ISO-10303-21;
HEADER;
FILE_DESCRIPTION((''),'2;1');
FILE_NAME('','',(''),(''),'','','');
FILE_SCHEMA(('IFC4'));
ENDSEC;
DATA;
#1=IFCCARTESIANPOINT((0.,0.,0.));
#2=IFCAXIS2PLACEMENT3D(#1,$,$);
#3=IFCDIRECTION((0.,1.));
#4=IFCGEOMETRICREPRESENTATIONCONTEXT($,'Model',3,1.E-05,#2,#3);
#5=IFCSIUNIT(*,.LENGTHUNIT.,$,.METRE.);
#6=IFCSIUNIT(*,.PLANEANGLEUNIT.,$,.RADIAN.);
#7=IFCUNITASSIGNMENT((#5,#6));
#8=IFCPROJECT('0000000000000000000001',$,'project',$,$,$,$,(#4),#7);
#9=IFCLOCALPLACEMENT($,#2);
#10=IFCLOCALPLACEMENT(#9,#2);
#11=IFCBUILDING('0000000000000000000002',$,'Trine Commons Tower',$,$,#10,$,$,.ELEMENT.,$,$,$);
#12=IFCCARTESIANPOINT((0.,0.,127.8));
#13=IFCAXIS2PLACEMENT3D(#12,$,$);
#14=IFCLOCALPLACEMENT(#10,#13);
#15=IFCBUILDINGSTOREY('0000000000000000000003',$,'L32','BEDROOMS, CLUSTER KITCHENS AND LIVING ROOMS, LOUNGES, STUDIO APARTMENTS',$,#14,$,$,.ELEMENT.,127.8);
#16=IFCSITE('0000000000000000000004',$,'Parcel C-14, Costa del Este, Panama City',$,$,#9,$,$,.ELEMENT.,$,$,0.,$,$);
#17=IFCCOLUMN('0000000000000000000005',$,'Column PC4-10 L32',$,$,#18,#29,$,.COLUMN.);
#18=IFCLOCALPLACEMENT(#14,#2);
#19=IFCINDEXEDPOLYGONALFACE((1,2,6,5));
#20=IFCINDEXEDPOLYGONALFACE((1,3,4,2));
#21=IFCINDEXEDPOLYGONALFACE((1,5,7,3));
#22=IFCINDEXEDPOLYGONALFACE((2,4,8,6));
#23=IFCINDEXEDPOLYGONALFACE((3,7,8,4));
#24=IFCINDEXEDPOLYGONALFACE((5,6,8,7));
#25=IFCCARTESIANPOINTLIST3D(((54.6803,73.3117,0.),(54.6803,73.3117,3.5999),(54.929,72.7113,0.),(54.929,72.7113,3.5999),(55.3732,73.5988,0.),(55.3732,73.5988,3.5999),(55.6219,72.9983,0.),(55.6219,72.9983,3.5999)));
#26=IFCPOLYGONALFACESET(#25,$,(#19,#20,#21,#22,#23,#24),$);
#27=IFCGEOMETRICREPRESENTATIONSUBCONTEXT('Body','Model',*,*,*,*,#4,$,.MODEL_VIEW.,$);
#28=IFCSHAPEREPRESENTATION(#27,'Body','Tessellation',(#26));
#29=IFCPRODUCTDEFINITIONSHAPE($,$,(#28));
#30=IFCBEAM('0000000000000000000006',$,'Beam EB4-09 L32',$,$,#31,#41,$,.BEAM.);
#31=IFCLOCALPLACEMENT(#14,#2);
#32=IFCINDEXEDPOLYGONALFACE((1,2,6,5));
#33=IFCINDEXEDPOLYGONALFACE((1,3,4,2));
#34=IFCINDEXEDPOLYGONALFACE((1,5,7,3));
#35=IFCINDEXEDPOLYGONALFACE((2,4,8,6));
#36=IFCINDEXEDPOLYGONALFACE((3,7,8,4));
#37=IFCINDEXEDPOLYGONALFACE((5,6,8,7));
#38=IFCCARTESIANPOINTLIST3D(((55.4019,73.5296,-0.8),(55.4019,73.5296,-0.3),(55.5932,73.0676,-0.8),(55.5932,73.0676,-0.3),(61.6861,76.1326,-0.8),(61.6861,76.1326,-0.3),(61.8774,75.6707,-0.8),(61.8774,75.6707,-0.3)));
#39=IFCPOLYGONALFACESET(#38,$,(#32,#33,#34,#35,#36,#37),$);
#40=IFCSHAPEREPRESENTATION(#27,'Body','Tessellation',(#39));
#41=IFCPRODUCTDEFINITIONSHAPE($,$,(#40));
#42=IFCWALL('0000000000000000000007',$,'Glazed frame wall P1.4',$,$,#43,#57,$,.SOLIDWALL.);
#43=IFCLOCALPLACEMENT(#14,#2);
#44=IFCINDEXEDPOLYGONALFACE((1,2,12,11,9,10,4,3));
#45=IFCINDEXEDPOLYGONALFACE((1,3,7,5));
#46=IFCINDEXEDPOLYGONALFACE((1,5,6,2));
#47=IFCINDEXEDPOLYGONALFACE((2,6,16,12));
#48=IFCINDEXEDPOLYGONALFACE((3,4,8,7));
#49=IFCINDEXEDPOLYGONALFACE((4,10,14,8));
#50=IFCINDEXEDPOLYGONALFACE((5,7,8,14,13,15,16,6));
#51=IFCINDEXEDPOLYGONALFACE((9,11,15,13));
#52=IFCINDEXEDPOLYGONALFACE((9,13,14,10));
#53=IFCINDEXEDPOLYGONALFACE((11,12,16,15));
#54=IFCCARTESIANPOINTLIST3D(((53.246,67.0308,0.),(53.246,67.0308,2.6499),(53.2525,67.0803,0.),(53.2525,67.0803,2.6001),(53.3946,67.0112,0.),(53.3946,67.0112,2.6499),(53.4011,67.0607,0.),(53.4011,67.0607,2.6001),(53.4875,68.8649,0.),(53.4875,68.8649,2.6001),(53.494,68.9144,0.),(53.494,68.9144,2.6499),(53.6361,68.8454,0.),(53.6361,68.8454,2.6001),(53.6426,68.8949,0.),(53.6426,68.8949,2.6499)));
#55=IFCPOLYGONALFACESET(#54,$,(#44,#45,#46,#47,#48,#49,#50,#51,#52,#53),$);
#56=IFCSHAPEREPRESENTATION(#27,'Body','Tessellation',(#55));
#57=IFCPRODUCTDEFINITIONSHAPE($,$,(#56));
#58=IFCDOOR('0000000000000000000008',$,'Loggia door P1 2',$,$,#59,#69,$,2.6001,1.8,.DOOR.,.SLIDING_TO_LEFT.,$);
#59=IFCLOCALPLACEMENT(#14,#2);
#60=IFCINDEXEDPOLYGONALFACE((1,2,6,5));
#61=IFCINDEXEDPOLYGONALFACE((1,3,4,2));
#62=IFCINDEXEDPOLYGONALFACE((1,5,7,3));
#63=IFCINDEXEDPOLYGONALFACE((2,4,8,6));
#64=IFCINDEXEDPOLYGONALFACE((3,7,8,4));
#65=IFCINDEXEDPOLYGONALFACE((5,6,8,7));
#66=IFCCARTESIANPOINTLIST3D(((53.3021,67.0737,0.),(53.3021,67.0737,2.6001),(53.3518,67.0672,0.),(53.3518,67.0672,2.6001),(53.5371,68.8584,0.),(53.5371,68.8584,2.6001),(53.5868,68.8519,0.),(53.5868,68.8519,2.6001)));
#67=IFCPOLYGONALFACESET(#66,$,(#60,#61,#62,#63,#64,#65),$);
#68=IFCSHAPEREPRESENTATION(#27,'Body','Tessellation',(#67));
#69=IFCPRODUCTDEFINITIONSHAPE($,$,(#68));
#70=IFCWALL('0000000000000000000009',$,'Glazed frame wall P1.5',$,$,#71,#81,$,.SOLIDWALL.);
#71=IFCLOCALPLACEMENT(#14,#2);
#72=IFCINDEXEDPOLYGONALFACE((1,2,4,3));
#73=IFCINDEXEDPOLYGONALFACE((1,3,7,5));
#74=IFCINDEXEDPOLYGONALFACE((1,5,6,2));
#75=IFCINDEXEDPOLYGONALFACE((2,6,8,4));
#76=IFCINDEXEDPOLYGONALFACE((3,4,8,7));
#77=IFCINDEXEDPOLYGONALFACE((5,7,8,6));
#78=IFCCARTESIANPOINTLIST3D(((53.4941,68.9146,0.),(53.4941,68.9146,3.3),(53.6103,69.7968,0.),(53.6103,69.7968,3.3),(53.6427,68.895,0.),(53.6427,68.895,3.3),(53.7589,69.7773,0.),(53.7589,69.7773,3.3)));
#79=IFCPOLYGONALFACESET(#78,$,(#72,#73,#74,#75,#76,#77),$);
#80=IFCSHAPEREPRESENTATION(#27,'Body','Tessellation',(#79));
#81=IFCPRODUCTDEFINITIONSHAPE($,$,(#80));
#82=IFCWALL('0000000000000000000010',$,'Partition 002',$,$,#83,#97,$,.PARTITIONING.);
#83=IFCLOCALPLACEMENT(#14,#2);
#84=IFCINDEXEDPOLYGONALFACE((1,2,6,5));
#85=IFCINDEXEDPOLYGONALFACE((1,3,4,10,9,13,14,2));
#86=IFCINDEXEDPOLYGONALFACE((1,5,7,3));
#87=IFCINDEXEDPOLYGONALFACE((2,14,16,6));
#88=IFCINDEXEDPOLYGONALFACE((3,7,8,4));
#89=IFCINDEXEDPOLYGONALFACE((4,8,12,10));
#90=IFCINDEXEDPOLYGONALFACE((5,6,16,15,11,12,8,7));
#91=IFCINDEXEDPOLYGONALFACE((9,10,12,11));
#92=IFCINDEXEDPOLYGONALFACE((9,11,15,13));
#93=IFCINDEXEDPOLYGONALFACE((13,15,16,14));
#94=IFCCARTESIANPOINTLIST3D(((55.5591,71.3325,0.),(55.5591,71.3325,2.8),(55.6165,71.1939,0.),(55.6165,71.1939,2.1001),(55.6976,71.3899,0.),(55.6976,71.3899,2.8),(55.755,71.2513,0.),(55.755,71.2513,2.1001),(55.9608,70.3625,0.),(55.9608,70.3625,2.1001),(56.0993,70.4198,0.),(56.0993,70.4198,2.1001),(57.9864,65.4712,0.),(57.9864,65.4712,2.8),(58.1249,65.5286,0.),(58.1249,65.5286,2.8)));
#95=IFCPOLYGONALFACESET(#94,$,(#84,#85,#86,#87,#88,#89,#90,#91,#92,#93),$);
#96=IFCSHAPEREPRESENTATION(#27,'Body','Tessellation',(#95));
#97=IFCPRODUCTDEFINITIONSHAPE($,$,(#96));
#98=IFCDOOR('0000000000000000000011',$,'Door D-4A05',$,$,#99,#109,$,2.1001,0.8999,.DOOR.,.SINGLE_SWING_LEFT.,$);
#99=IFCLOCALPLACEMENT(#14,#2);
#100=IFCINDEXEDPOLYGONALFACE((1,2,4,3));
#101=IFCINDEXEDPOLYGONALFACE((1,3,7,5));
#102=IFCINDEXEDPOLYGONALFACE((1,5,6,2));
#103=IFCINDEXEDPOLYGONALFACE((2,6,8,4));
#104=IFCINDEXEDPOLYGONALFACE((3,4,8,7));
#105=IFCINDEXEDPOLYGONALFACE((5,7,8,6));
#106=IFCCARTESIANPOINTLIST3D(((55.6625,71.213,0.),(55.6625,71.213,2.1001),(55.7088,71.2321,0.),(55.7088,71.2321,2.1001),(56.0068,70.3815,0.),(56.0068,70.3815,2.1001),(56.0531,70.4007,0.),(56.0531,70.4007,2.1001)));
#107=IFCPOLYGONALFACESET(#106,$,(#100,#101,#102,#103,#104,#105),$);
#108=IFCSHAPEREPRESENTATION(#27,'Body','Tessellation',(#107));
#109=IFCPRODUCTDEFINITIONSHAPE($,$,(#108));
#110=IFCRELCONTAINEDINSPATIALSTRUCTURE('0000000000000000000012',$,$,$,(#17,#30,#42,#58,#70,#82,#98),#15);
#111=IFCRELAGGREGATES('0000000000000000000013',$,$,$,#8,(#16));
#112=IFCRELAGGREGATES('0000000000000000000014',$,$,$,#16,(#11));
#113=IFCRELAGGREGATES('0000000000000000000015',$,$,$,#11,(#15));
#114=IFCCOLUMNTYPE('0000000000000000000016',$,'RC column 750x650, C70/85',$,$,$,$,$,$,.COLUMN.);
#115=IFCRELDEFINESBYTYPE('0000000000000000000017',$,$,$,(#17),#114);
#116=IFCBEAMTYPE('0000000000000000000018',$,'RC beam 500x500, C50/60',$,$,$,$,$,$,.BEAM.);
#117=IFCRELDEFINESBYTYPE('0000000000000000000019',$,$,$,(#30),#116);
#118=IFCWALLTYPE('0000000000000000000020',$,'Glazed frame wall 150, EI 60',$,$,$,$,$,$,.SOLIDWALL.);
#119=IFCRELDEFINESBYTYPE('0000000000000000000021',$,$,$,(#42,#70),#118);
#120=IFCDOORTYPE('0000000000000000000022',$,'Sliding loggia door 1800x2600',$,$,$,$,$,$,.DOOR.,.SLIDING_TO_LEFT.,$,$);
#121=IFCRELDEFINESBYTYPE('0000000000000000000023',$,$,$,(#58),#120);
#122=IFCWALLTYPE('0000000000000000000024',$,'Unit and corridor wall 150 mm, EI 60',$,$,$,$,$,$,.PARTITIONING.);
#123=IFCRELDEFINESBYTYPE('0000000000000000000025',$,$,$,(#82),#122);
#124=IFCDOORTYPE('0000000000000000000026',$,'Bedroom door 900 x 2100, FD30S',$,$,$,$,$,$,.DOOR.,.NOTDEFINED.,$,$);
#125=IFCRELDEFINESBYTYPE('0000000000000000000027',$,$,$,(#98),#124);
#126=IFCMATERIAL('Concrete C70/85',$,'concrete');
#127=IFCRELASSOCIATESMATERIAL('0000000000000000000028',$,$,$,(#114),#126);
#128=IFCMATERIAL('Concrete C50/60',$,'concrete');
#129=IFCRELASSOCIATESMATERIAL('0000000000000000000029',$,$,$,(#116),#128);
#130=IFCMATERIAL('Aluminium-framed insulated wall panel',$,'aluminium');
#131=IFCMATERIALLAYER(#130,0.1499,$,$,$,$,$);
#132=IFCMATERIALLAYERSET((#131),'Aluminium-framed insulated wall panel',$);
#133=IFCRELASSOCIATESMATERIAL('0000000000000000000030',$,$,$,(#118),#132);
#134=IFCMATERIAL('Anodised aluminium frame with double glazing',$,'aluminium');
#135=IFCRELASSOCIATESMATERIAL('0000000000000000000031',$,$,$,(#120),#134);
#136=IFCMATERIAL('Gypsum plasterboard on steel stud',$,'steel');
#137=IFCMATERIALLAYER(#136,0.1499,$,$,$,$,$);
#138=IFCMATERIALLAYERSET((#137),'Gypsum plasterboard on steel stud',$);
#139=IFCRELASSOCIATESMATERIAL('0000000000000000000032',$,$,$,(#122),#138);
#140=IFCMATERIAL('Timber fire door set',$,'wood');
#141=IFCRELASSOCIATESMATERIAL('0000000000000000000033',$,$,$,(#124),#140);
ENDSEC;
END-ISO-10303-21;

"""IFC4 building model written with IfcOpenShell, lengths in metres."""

from ifc_helpers import new_model, si_unit, direction, frame, frame_2d, origin, origin_2d, place, context, subcontext, project, spatial, polyline, rectangle, outline, extrude, material, layer, layer_set, material_profile, profile_set, type_object, element, fill, save


model = new_model("IFC4")

# Units and contexts
model_context = context("Model", 3, precision=1e-05, world=origin(), true_north=direction((0.0, 1.0)))
body_context = subcontext(model_context, "Body", "Model", "MODEL_VIEW")
ifc_project = project(units=[si_unit("LENGTHUNIT", "METRE"), si_unit("PLANEANGLEUNIT", "RADIAN")], contexts=[model_context])

# Site, building, storey
site_placement = place(None, origin())
site = spatial("IfcSite", under=ifc_project, at=site_placement, Name="Parcel C-14, Costa del Este, Panama City", CompositionType="ELEMENT", RefElevation=0.0)
building_placement = place(site_placement, origin())
building = spatial("IfcBuilding", under=site, at=building_placement, Name="Trine Commons Tower", CompositionType="ELEMENT")
storey_placement = place(building_placement, frame((0.0, 0.0, 127.8)))
storey = spatial("IfcBuildingStorey", under=building, at=storey_placement, Name="L32", Description="BEDROOMS, CLUSTER KITCHENS AND LIVING ROOMS, LOUNGES, STUDIO APARTMENTS", CompositionType="ELEMENT", Elevation=127.8)

# Column
ifc_material_1 = material(Name="Concrete C70/85", Category="concrete")
ifc_material_profile_1 = material_profile(ifc_material_1, rectangle(XDim=0.75, YDim=0.6499, at=origin_2d()), Name="RC 750x650")
ifc_profile_set_1 = profile_set([ifc_material_profile_1], Name="Concrete C70/85")
column_type = type_object("IfcColumnType", Name="RC column 750x650, C70/85", PredefinedType="COLUMN", material=ifc_profile_set_1)
column_placement = place(storey_placement, frame((55.1511, 73.155, 0.0), z_axis=(0.0, 0.0, 1.0), x_axis=(0.92388, 0.382683, 0.0)))
element("IfcColumn", 1, at=column_placement, inside=storey, type_object=column_type, Name="Column PC4-10 L32", PredefinedType="COLUMN", context=body_context, shape_type="SweptSolid", body=[
    extrude(rectangle(XDim=0.75, YDim=0.6499, at=origin_2d()), origin(), (0.0, 0.0, 1.0), 3.5999),
])

# Beam
ifc_material_2 = material(Name="Concrete C50/60", Category="concrete")
ifc_material_profile_2 = material_profile(ifc_material_2, rectangle(XDim=0.5, YDim=0.5, at=origin_2d()), Name="RC 500x500")
ifc_profile_set_2 = profile_set([ifc_material_profile_2], Name="Concrete C50/60")
beam_type = type_object("IfcBeamType", Name="RC beam 500x500, C50/60", PredefinedType="BEAM", material=ifc_profile_set_2)
beam_placement = place(storey_placement, frame((55.4976, 73.2986, -0.55), z_axis=(0.923878, 0.382688, 0.0), x_axis=(-0.382688, 0.923878, 0.0)))
element("IfcBeam", 2, at=beam_placement, inside=storey, type_object=beam_type, Name="Beam EB4-09 L32", PredefinedType="BEAM", context=body_context, shape_type="SweptSolid", body=[
    extrude(rectangle(XDim=0.5, YDim=0.5, at=origin_2d()), origin(), (0.0, 0.0, 1.0), 6.802),
])

# Wall, opening, door
ifc_material_3 = material(Name="Aluminium-framed insulated wall panel", Category="aluminium")
ifc_layer_1 = layer(ifc_material_3, 0.1499)
ifc_layer_set_1 = layer_set([ifc_layer_1], Name="Aluminium-framed insulated wall panel")
wall_type_1 = type_object("IfcWallType", Name="Glazed frame wall 150, EI 60", PredefinedType="SOLIDWALL", material=ifc_layer_set_1)
wall_1_placement = place(storey_placement, frame((53.3203, 67.021, 0.0), z_axis=(0.0, 0.0, 1.0), x_axis=(0.130548, 0.991442, 0.0)))
wall_1 = element("IfcWall", 3, at=wall_1_placement, inside=storey, type_object=wall_type_1, Name="Glazed frame wall P1.4", PredefinedType="SOLIDWALL", context=body_context, shape_type="SweptSolid", body=[
    extrude(outline(polyline([(0.0, -0.075), (1.8999, -0.075), (1.8999, 0.075), (0.0, 0.075), (0.0, -0.075)])), origin(), (0.0, 0.0, 1.0), 2.6499),
])
opening_1_placement = place(wall_1_placement, frame((0.05, 0.0, 0.0)))
opening_1 = element("IfcOpeningElement", 4, at=opening_1_placement, cuts=wall_1, PredefinedType="OPENING", context=body_context, shape_type="SweptSolid", body=[
    extrude(rectangle(XDim=1.8, YDim=2.6001, at=frame_2d((0.8999, 1.3))), frame((0.0, 0.085, 0.0), z_axis=(0.0, -1.0, 0.0), x_axis=(1.0, 0.0, 0.0)), (0.0, 0.0, 1.0), 0.1699),
])
ifc_material_4 = material(Name="Anodised aluminium frame with double glazing", Category="aluminium")
door_type_1 = type_object("IfcDoorType", Name="Sliding loggia door 1800x2600", OperationType="SLIDING_TO_LEFT", PredefinedType="DOOR", material=ifc_material_4)
door_1_placement = place(opening_1_placement, origin())
door_1 = element("IfcDoor", 5, at=door_1_placement, inside=storey, type_object=door_type_1, Name="Loggia door P1 2", OperationType="SLIDING_TO_LEFT", OverallHeight=2.6001, OverallWidth=1.8, PredefinedType="DOOR", context=body_context, shape_type="SweptSolid", body=[
    extrude(rectangle(XDim=1.8, YDim=2.6001, at=frame_2d((0.8999, 1.3))), frame((0.0, 0.0249, 0.0), z_axis=(0.0, -1.0, 0.0), x_axis=(1.0, 0.0, 0.0)), (0.0, 0.0, 1.0), 0.05),
])
fill(opening_1, door_1)

# Wall
wall_2_placement = place(storey_placement, frame((53.5684, 68.9048, 0.0), z_axis=(0.0, 0.0, 1.0), x_axis=(0.130612, 0.991434, 0.0)))
element("IfcWall", 6, at=wall_2_placement, inside=storey, type_object=wall_type_1, Name="Glazed frame wall P1.5", PredefinedType="SOLIDWALL", context=body_context, shape_type="SweptSolid", body=[
    extrude(outline(polyline([(0.8899, 0.075), (0.0, 0.075), (0.0, -0.075), (0.8899, -0.075), (0.8899, 0.075)])), origin(), (0.0, 0.0, 1.0), 3.3),
])

# Wall, opening, door
ifc_material_5 = material(Name="Gypsum plasterboard on steel stud", Category="steel")
ifc_layer_2 = layer(ifc_material_5, 0.1499)
ifc_layer_set_2 = layer_set([ifc_layer_2], Name="Gypsum plasterboard on steel stud")
wall_type_2 = type_object("IfcWallType", Name="Unit and corridor wall 150 mm, EI 60", PredefinedType="PARTITIONING", material=ifc_layer_set_2)
wall_3_placement = place(storey_placement, frame((55.6284, 71.3611, 0.0), z_axis=(0.0, 0.0, 1.0), x_axis=(0.382603, -0.923913, 0.0)))
wall_3 = element("IfcWall", 7, at=wall_3_placement, inside=storey, type_object=wall_type_2, Name="Partition 002", PredefinedType="PARTITIONING", context=body_context, shape_type="SweptSolid", body=[
    extrude(rectangle(XDim=6.344, YDim=0.1499, at=frame_2d((3.1719, 0.0))), origin(), (0.0, 0.0, 1.0), 2.8),
])
opening_2_placement = place(wall_3_placement, frame((0.1499, 0.0, 0.0)))
opening_2 = element("IfcOpeningElement", 8, at=opening_2_placement, cuts=wall_3, PredefinedType="OPENING", context=body_context, shape_type="SweptSolid", body=[
    extrude(rectangle(XDim=0.8999, YDim=2.1001, at=frame_2d((0.45, 1.05))), frame((0.0, 0.085, 0.0), z_axis=(0.0, -1.0, 0.0), x_axis=(1.0, 0.0, 0.0)), (0.0, 0.0, 1.0), 0.1699),
])
ifc_material_6 = material(Name="Timber fire door set", Category="wood")
door_type_2 = type_object("IfcDoorType", Name="Bedroom door 900 x 2100, FD30S", OperationType="NOTDEFINED", PredefinedType="DOOR", material=ifc_material_6)
door_2_placement = place(opening_2_placement, origin())
door_2 = element("IfcDoor", 9, at=door_2_placement, inside=storey, type_object=door_type_2, Name="Door D-4A05", OperationType="SINGLE_SWING_LEFT", OverallHeight=2.1001, OverallWidth=0.8999, PredefinedType="DOOR", context=body_context, shape_type="SweptSolid", body=[
    extrude(rectangle(XDim=0.8999, YDim=2.1001, at=frame_2d((0.45, 1.05))), frame((0.0, 0.0249, 0.0), z_axis=(0.0, -1.0, 0.0), x_axis=(1.0, 0.0, 0.0)), (0.0, 0.0, 1.0), 0.05),
])
fill(opening_2, door_2)

save(model, "model.ifc")
